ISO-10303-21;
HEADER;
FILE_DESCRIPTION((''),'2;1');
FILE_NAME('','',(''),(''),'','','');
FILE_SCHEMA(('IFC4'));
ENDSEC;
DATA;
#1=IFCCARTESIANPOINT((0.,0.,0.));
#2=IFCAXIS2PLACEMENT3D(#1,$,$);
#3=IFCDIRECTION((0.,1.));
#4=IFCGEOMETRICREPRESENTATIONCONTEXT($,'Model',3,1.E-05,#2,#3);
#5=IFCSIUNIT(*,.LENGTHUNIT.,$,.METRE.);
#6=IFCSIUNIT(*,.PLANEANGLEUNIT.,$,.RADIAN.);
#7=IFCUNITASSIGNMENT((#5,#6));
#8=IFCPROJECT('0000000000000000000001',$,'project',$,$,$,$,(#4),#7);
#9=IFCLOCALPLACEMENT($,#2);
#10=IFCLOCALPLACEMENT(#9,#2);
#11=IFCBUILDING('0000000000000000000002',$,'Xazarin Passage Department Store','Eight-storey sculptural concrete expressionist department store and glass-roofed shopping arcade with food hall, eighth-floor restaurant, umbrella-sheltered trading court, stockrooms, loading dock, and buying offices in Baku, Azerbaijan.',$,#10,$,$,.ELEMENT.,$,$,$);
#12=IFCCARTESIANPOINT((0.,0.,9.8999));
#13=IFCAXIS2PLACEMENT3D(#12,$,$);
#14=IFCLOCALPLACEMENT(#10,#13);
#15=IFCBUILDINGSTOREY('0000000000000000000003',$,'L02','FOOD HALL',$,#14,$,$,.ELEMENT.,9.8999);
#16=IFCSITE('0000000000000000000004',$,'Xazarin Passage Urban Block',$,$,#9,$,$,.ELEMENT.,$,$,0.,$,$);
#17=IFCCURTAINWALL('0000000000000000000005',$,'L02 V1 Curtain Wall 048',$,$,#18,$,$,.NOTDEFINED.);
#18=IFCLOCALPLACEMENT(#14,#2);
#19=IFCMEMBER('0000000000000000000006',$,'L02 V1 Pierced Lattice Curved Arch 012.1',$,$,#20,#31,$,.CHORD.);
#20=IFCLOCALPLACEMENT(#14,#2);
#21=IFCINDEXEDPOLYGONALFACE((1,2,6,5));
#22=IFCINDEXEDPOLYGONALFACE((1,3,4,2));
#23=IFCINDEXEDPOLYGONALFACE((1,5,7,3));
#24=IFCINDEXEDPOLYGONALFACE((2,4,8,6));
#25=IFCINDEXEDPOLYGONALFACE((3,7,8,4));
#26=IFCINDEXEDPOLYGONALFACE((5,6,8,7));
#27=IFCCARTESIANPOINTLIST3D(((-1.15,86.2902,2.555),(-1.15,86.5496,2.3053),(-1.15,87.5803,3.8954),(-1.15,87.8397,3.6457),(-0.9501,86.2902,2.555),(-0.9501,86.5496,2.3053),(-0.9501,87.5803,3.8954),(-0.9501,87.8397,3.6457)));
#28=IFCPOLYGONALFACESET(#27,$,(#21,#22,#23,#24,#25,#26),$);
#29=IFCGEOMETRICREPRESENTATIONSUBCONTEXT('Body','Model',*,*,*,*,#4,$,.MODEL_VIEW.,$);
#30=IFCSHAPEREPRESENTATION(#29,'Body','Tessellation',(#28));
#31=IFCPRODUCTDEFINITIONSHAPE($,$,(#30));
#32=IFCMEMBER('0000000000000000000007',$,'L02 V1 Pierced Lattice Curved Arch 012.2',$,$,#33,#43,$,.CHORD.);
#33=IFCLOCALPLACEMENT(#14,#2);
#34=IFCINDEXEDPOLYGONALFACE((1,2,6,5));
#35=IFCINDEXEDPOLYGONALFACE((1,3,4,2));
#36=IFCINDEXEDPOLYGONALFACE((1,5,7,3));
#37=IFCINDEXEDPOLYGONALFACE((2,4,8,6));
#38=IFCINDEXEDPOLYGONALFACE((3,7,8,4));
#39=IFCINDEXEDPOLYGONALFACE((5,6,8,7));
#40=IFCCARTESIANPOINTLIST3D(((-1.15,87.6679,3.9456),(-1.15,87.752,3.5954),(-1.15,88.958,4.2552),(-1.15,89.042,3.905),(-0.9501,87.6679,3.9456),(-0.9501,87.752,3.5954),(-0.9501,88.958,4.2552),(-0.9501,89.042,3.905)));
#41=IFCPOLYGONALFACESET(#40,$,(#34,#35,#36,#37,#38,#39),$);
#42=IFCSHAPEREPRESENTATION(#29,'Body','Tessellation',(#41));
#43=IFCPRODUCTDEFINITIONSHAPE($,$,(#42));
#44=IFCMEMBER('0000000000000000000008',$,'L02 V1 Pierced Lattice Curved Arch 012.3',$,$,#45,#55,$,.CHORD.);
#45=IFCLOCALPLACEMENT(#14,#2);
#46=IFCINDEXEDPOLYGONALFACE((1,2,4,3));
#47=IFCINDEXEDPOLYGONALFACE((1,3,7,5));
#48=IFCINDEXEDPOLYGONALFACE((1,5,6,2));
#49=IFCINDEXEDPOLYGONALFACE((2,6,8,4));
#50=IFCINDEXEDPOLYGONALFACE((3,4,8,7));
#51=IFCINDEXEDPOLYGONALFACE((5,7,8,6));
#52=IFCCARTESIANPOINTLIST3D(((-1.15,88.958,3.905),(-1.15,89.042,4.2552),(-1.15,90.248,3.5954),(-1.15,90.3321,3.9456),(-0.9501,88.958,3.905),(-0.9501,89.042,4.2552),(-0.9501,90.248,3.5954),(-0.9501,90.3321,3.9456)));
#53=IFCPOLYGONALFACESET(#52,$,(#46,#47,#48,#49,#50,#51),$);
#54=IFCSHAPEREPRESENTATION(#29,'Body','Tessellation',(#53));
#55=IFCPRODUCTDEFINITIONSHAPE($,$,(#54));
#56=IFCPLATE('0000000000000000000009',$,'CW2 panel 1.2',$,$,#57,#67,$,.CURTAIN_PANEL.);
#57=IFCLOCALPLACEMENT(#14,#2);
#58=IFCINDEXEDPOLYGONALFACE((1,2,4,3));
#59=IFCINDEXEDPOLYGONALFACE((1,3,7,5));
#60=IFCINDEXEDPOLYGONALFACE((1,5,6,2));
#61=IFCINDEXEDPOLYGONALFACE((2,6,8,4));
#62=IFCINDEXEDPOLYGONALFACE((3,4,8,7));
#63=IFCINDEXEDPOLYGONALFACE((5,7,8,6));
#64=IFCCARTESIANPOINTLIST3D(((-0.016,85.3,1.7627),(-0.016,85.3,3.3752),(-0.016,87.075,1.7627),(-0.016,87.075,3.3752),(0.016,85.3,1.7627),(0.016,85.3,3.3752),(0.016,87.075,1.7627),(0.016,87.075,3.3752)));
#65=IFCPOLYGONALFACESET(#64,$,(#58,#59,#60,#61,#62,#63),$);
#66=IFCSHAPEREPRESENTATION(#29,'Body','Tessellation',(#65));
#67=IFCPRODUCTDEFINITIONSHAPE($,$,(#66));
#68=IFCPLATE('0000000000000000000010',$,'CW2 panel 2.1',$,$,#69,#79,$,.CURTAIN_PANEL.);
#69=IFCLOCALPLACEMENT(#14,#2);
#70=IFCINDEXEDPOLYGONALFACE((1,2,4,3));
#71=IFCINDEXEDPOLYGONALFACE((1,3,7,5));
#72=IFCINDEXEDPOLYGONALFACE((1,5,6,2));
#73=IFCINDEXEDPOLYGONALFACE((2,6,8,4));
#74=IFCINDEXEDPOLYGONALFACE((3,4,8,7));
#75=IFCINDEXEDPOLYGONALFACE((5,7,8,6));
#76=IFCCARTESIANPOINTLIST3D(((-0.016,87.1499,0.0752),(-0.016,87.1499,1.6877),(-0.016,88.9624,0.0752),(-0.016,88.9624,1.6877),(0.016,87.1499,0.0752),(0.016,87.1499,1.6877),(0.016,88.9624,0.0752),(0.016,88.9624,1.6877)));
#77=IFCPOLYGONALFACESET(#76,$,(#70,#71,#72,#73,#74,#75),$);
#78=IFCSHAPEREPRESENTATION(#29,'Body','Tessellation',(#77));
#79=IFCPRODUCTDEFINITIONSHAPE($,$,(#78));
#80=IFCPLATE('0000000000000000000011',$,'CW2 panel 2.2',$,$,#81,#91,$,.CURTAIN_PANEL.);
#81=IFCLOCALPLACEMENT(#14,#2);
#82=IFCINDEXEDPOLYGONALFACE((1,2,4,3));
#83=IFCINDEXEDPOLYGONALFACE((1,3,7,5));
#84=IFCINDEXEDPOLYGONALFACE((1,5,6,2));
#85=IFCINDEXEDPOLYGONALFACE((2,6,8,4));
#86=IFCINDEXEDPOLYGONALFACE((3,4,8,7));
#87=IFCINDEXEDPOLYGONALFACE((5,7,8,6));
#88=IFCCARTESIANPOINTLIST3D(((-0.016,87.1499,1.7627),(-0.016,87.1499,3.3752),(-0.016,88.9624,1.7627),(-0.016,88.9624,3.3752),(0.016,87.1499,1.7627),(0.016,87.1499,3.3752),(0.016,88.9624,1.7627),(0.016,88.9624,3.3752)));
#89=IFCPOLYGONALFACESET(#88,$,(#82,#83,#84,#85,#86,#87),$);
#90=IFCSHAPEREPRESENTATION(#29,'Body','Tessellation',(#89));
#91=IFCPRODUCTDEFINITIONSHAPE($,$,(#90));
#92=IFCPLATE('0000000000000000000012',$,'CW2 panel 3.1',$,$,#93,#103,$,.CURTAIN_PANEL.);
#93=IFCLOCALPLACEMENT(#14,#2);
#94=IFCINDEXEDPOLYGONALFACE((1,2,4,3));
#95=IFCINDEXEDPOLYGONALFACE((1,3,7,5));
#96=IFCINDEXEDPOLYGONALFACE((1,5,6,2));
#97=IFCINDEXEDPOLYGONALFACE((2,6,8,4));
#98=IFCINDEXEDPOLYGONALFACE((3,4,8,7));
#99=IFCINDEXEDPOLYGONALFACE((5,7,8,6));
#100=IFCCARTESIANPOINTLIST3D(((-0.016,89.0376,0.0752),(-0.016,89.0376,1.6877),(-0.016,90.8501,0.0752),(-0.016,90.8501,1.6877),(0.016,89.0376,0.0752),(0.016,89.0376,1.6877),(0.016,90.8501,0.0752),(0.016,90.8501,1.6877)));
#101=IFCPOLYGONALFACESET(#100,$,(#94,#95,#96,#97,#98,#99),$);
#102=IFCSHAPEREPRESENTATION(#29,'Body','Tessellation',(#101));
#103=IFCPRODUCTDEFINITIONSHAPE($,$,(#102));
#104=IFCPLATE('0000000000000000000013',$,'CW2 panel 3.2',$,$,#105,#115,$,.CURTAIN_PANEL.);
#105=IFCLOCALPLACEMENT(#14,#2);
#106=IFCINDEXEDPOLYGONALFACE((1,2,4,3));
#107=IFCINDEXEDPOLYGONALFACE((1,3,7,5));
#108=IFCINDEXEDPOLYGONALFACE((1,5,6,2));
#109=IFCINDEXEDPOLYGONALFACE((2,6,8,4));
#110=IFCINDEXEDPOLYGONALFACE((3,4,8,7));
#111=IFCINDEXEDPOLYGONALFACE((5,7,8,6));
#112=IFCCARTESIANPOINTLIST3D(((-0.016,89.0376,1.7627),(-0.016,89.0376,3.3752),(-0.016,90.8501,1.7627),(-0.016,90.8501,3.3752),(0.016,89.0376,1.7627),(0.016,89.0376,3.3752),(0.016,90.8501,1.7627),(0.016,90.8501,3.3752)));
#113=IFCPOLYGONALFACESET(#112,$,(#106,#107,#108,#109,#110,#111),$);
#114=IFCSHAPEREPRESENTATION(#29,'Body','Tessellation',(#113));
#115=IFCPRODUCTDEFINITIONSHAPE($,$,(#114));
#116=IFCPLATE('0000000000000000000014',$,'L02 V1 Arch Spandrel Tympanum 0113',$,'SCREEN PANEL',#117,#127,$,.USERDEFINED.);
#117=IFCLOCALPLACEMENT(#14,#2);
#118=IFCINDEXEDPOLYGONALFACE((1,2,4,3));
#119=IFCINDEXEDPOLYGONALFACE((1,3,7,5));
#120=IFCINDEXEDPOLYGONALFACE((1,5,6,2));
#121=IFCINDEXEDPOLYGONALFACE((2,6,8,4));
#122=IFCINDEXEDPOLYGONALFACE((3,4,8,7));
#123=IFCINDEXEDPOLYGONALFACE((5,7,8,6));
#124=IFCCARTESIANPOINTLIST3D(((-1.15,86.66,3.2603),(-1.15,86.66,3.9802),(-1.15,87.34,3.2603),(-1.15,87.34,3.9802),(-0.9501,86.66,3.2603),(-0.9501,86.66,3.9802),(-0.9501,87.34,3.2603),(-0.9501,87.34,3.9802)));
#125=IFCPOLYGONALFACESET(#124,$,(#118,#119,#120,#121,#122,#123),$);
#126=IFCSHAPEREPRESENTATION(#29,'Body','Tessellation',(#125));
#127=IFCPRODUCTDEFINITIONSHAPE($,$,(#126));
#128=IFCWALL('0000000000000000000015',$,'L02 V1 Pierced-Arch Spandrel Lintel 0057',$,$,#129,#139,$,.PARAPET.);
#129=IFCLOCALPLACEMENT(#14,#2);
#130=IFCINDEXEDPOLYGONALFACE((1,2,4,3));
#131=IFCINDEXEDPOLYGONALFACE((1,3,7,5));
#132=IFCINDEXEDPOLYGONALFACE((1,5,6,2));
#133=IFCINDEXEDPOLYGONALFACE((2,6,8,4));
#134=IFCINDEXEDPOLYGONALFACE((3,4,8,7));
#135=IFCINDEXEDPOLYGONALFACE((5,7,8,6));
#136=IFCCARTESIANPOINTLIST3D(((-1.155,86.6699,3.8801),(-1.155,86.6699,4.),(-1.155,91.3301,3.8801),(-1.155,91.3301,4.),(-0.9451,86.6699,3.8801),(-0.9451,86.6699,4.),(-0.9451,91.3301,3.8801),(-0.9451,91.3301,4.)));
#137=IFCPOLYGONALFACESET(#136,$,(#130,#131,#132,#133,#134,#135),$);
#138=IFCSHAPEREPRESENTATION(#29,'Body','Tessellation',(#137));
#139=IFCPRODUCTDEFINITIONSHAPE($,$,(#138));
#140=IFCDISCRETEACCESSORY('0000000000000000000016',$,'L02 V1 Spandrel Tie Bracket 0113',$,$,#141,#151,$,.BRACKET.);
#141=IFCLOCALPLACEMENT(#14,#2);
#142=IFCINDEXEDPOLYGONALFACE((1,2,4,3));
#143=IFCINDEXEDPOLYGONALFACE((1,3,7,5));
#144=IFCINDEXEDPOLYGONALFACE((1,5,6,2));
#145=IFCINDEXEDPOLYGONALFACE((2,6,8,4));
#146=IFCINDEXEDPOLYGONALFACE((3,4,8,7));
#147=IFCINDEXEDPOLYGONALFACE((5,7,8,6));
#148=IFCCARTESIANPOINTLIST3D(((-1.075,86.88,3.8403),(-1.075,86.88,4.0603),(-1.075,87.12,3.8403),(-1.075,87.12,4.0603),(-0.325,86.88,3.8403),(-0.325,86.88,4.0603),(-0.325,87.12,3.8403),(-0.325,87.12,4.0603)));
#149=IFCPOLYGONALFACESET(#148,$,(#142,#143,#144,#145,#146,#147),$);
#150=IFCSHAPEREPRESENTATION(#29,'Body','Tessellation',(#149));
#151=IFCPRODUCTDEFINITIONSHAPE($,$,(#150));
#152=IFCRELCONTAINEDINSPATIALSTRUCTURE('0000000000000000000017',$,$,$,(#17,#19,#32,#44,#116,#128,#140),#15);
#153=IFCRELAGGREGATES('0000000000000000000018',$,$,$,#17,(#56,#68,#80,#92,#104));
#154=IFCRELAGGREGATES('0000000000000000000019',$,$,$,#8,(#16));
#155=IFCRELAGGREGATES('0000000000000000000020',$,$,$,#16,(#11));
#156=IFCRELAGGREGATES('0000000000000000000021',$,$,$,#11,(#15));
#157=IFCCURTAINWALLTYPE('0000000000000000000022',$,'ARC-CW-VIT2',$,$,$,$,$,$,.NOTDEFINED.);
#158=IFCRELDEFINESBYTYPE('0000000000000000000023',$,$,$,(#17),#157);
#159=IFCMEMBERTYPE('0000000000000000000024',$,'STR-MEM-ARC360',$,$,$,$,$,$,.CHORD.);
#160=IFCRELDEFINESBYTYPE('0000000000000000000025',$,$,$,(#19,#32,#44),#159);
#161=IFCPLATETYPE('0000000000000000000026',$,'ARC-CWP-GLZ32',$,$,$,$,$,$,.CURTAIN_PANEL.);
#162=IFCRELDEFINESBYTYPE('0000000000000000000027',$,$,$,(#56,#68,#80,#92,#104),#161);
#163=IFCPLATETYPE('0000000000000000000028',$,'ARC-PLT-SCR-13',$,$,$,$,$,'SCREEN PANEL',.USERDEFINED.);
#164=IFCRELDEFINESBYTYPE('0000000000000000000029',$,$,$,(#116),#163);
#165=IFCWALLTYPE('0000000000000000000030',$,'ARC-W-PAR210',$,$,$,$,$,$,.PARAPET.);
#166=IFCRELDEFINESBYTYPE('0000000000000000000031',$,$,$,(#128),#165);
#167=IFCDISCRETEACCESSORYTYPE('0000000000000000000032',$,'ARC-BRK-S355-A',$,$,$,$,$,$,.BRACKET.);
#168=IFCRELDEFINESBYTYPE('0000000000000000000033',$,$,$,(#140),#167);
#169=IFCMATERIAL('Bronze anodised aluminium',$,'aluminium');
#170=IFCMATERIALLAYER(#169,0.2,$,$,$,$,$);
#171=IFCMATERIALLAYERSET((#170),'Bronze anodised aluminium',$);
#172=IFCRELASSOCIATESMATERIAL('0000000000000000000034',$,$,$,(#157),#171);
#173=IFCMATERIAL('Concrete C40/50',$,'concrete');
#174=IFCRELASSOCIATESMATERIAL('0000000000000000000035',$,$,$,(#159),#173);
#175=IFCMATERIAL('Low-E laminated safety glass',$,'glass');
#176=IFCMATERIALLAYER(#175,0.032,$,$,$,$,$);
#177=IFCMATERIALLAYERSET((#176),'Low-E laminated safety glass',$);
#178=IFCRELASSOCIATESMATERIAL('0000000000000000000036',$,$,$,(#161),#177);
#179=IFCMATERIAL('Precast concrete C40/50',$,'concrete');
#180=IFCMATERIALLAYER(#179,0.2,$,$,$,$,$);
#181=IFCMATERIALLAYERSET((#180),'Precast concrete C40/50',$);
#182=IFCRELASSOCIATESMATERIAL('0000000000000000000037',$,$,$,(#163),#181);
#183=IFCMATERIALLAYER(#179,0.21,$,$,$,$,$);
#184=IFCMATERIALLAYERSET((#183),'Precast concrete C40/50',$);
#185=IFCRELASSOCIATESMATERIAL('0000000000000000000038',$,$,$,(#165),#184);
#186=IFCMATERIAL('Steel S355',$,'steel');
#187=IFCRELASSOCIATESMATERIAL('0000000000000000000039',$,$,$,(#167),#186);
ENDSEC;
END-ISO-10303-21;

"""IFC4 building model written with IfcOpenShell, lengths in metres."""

from ifc_helpers import new_model, si_unit, direction, frame, frame_2d, origin, origin_2d, place, context, subcontext, project, spatial, rectangle, extrude, material, layer, layer_set, material_profile, profile_set, type_object, element, aggregate, save


model = new_model("IFC4")

# Units and contexts
model_context = context("Model", 3, precision=1e-05, world=origin(), true_north=direction((0.0, 1.0)))
body_context = subcontext(model_context, "Body", "Model", "MODEL_VIEW")
ifc_project = project(units=[si_unit("LENGTHUNIT", "METRE"), si_unit("PLANEANGLEUNIT", "RADIAN")], contexts=[model_context])

# Site, building, storey
site_placement = place(None, origin())
site = spatial("IfcSite", under=ifc_project, at=site_placement, Name="Xazarin Passage Urban Block", CompositionType="ELEMENT", RefElevation=0.0)
building_placement = place(site_placement, origin())
building = spatial("IfcBuilding", under=site, at=building_placement, Name="Xazarin Passage Department Store", Description="Eight-storey sculptural concrete expressionist department store and glass-roofed shopping arcade with food hall, eighth-floor restaurant, umbrella-sheltered trading court, stockrooms, loading dock, and buying offices in Baku, Azerbaijan.", CompositionType="ELEMENT")
storey_placement = place(building_placement, frame((0.0, 0.0, 9.8999)))
storey = spatial("IfcBuildingStorey", under=building, at=storey_placement, Name="L02", Description="FOOD HALL", CompositionType="ELEMENT", Elevation=9.8999)

# Shared definitions
ifc_material_1 = material(Name="Concrete C40/50", Category="concrete")

# Curtain wall
ifc_material_2 = material(Name="Bronze anodised aluminium", Category="aluminium")
ifc_layer_1 = layer(ifc_material_2, 0.2)
ifc_layer_set_1 = layer_set([ifc_layer_1], Name="Bronze anodised aluminium")
curtain_wall_type = type_object("IfcCurtainWallType", Name="ARC-CW-VIT2", PredefinedType="NOTDEFINED", material=ifc_layer_set_1)
curtain_wall_placement = place(storey_placement, origin())
curtain_wall = element("IfcCurtainWall", 1, at=curtain_wall_placement, inside=storey, type_object=curtain_wall_type, Name="L02 V1 Curtain Wall 048", PredefinedType="NOTDEFINED")

# Members
ifc_material_profile_1 = material_profile(ifc_material_1, rectangle(XDim=0.2, YDim=0.3601, at=origin_2d()), Name="RC 200x360")
ifc_profile_set_1 = profile_set([ifc_material_profile_1], Name="Concrete C40/50")
member_type_1 = type_object("IfcMemberType", Name="STR-MEM-ARC360", PredefinedType="CHORD", material=ifc_profile_set_1)
member_1_placement = place(storey_placement, frame((-1.05, 86.4199, 2.4302), z_axis=(0.0, 0.69346, 0.720495), x_axis=(-1.0, 0.0, 0.0)))
element("IfcMember", 2, at=member_1_placement, inside=storey, type_object=member_type_1, Name="L02 V1 Pierced Lattice Curved Arch 012.1", PredefinedType="CHORD", context=body_context, shape_type="SweptSolid", body=[
    extrude(rectangle(XDim=0.2, YDim=0.3601, at=origin_2d()), origin(), (0.0, 0.0, 1.0), 1.8604),
])
for number, where, z_axis, x_axis, name in (
    (3, (-1.05, 87.71, 3.7705), (0.0, 0.972394, 0.233345), (-1.0, 0.0, 0.0), "L02 V1 Pierced Lattice Curved Arch 012.2"),
    (4, (-1.05, 89.0, 4.0801), (0.0, 0.972394, -0.233345), (-1.0, 0.0, 0.0), "L02 V1 Pierced Lattice Curved Arch 012.3"),
):
    element("IfcMember", number, at=place(storey_placement, frame(where, z_axis=z_axis, x_axis=x_axis)), inside=storey, type_object=member_type_1, Name=name, PredefinedType="CHORD", context=body_context, shape_type="SweptSolid", body=[
        extrude(rectangle(XDim=0.2, YDim=0.3601, at=origin_2d()), origin(), (0.0, 0.0, 1.0), 1.3267),
    ])

# Plates
ifc_material_3 = material(Name="Low-E laminated safety glass", Category="glass")
ifc_layer_2 = layer(ifc_material_3, 0.032)
ifc_layer_set_2 = layer_set([ifc_layer_2], Name="Low-E laminated safety glass")
plate_type_1 = type_object("IfcPlateType", Name="ARC-CWP-GLZ32", PredefinedType="CURTAIN_PANEL", material=ifc_layer_set_2)
plate_1_placement = place(storey_placement, frame((0.0, 86.1875, 1.7627), z_axis=(0.0, 0.0, 1.0), x_axis=(0.0, 1.0, 0.0)))
plate_1 = element("IfcPlate", 5, at=plate_1_placement, type_object=plate_type_1, Name="CW2 panel 1.2", PredefinedType="CURTAIN_PANEL", context=body_context, shape_type="SweptSolid", body=[
    extrude(rectangle(XDim=1.7749, YDim=0.032, at=origin_2d()), origin(), (0.0, 0.0, 1.0), 1.6125),
])
plate_2_placement = place(storey_placement, frame((0.0, 88.0562, 0.0752), z_axis=(0.0, 0.0, 1.0), x_axis=(0.0, 1.0, 0.0)))
plate_2 = element("IfcPlate", 6, at=plate_2_placement, type_object=plate_type_1, Name="CW2 panel 2.1", PredefinedType="CURTAIN_PANEL", context=body_context, shape_type="SweptSolid", body=[
    extrude(rectangle(XDim=1.8125, YDim=0.032, at=origin_2d()), origin(), (0.0, 0.0, 1.0), 1.6125),
])
plate_3_placement = place(storey_placement, frame((0.0, 88.0562, 1.7627), z_axis=(0.0, 0.0, 1.0), x_axis=(0.0, 1.0, 0.0)))
plate_3 = element("IfcPlate", 7, at=plate_3_placement, type_object=plate_type_1, Name="CW2 panel 2.2", PredefinedType="CURTAIN_PANEL", context=body_context, shape_type="SweptSolid", body=[
    extrude(rectangle(XDim=1.8125, YDim=0.032, at=origin_2d()), origin(), (0.0, 0.0, 1.0), 1.6125),
])
plate_4_placement = place(storey_placement, frame((0.0, 89.9438, 0.0752), z_axis=(0.0, 0.0, 1.0), x_axis=(0.0, 1.0, 0.0)))
plate_4 = element("IfcPlate", 8, at=plate_4_placement, type_object=plate_type_1, Name="CW2 panel 3.1", PredefinedType="CURTAIN_PANEL", context=body_context, shape_type="SweptSolid", body=[
    extrude(rectangle(XDim=1.8125, YDim=0.032, at=origin_2d()), origin(), (0.0, 0.0, 1.0), 1.6125),
])
plate_5_placement = place(storey_placement, frame((0.0, 89.9438, 1.7627), z_axis=(0.0, 0.0, 1.0), x_axis=(0.0, 1.0, 0.0)))
plate_5 = element("IfcPlate", 9, at=plate_5_placement, type_object=plate_type_1, Name="CW2 panel 3.2", PredefinedType="CURTAIN_PANEL", context=body_context, shape_type="SweptSolid", body=[
    extrude(rectangle(XDim=1.8125, YDim=0.032, at=origin_2d()), origin(), (0.0, 0.0, 1.0), 1.6125),
])
aggregate(curtain_wall, [plate_1, plate_2, plate_3, plate_4, plate_5])
ifc_material_4 = material(Name="Precast concrete C40/50", Category="concrete")
ifc_layer_3 = layer(ifc_material_4, 0.2)
ifc_layer_set_3 = layer_set([ifc_layer_3], Name="Precast concrete C40/50")
plate_type_2 = type_object("IfcPlateType", Name="ARC-PLT-SCR-13", ElementType="SCREEN PANEL", PredefinedType="USERDEFINED", material=ifc_layer_set_3)
plate_6_placement = place(storey_placement, frame((-1.05, 87.0, 3.2603), z_axis=(0.0, 0.0, 1.0), x_axis=(0.0, 1.0, 0.0)))
element("IfcPlate", 10, at=plate_6_placement, inside=storey, type_object=plate_type_2, Name="L02 V1 Arch Spandrel Tympanum 0113", ObjectType="SCREEN PANEL", PredefinedType="USERDEFINED", context=body_context, shape_type="SweptSolid", body=[
    extrude(rectangle(XDim=0.6799, YDim=0.2, at=origin_2d()), origin(), (0.0, 0.0, 1.0), 0.72),
])

# Wall
ifc_layer_4 = layer(ifc_material_4, 0.21)
ifc_layer_set_4 = layer_set([ifc_layer_4], Name="Precast concrete C40/50")
wall_type = type_object("IfcWallType", Name="ARC-W-PAR210", PredefinedType="PARAPET", material=ifc_layer_set_4)
wall_placement = place(storey_placement, frame((-1.05, 86.6699, 3.8801), z_axis=(0.0, 0.0, 1.0), x_axis=(0.0, 1.0, 0.0)))
element("IfcWall", 11, at=wall_placement, inside=storey, type_object=wall_type, Name="L02 V1 Pierced-Arch Spandrel Lintel 0057", PredefinedType="PARAPET", context=body_context, shape_type="SweptSolid", body=[
    extrude(rectangle(XDim=4.6602, YDim=0.21, at=frame_2d((2.3301, 0.0))), origin(), (0.0, 0.0, 1.0), 0.1199),
])

# Discrete accessory
ifc_material_5 = material(Name="Steel S355", Category="steel")
discrete_accessory_type = type_object("IfcDiscreteAccessoryType", Name="ARC-BRK-S355-A", PredefinedType="BRACKET", material=ifc_material_5)
discrete_accessory_placement = place(storey_placement, frame((-0.7, 87.0, 3.8403), z_axis=(0.0, 0.0, 1.0), x_axis=(0.0, 1.0, 0.0)))
element("IfcDiscreteAccessory", 12, at=discrete_accessory_placement, inside=storey, type_object=discrete_accessory_type, Name="L02 V1 Spandrel Tie Bracket 0113", PredefinedType="BRACKET", context=body_context, shape_type="SweptSolid", body=[
    extrude(rectangle(XDim=0.24, YDim=0.75, at=origin_2d()), origin(), (0.0, 0.0, 1.0), 0.22),
])

save(model, "model.ifc")
